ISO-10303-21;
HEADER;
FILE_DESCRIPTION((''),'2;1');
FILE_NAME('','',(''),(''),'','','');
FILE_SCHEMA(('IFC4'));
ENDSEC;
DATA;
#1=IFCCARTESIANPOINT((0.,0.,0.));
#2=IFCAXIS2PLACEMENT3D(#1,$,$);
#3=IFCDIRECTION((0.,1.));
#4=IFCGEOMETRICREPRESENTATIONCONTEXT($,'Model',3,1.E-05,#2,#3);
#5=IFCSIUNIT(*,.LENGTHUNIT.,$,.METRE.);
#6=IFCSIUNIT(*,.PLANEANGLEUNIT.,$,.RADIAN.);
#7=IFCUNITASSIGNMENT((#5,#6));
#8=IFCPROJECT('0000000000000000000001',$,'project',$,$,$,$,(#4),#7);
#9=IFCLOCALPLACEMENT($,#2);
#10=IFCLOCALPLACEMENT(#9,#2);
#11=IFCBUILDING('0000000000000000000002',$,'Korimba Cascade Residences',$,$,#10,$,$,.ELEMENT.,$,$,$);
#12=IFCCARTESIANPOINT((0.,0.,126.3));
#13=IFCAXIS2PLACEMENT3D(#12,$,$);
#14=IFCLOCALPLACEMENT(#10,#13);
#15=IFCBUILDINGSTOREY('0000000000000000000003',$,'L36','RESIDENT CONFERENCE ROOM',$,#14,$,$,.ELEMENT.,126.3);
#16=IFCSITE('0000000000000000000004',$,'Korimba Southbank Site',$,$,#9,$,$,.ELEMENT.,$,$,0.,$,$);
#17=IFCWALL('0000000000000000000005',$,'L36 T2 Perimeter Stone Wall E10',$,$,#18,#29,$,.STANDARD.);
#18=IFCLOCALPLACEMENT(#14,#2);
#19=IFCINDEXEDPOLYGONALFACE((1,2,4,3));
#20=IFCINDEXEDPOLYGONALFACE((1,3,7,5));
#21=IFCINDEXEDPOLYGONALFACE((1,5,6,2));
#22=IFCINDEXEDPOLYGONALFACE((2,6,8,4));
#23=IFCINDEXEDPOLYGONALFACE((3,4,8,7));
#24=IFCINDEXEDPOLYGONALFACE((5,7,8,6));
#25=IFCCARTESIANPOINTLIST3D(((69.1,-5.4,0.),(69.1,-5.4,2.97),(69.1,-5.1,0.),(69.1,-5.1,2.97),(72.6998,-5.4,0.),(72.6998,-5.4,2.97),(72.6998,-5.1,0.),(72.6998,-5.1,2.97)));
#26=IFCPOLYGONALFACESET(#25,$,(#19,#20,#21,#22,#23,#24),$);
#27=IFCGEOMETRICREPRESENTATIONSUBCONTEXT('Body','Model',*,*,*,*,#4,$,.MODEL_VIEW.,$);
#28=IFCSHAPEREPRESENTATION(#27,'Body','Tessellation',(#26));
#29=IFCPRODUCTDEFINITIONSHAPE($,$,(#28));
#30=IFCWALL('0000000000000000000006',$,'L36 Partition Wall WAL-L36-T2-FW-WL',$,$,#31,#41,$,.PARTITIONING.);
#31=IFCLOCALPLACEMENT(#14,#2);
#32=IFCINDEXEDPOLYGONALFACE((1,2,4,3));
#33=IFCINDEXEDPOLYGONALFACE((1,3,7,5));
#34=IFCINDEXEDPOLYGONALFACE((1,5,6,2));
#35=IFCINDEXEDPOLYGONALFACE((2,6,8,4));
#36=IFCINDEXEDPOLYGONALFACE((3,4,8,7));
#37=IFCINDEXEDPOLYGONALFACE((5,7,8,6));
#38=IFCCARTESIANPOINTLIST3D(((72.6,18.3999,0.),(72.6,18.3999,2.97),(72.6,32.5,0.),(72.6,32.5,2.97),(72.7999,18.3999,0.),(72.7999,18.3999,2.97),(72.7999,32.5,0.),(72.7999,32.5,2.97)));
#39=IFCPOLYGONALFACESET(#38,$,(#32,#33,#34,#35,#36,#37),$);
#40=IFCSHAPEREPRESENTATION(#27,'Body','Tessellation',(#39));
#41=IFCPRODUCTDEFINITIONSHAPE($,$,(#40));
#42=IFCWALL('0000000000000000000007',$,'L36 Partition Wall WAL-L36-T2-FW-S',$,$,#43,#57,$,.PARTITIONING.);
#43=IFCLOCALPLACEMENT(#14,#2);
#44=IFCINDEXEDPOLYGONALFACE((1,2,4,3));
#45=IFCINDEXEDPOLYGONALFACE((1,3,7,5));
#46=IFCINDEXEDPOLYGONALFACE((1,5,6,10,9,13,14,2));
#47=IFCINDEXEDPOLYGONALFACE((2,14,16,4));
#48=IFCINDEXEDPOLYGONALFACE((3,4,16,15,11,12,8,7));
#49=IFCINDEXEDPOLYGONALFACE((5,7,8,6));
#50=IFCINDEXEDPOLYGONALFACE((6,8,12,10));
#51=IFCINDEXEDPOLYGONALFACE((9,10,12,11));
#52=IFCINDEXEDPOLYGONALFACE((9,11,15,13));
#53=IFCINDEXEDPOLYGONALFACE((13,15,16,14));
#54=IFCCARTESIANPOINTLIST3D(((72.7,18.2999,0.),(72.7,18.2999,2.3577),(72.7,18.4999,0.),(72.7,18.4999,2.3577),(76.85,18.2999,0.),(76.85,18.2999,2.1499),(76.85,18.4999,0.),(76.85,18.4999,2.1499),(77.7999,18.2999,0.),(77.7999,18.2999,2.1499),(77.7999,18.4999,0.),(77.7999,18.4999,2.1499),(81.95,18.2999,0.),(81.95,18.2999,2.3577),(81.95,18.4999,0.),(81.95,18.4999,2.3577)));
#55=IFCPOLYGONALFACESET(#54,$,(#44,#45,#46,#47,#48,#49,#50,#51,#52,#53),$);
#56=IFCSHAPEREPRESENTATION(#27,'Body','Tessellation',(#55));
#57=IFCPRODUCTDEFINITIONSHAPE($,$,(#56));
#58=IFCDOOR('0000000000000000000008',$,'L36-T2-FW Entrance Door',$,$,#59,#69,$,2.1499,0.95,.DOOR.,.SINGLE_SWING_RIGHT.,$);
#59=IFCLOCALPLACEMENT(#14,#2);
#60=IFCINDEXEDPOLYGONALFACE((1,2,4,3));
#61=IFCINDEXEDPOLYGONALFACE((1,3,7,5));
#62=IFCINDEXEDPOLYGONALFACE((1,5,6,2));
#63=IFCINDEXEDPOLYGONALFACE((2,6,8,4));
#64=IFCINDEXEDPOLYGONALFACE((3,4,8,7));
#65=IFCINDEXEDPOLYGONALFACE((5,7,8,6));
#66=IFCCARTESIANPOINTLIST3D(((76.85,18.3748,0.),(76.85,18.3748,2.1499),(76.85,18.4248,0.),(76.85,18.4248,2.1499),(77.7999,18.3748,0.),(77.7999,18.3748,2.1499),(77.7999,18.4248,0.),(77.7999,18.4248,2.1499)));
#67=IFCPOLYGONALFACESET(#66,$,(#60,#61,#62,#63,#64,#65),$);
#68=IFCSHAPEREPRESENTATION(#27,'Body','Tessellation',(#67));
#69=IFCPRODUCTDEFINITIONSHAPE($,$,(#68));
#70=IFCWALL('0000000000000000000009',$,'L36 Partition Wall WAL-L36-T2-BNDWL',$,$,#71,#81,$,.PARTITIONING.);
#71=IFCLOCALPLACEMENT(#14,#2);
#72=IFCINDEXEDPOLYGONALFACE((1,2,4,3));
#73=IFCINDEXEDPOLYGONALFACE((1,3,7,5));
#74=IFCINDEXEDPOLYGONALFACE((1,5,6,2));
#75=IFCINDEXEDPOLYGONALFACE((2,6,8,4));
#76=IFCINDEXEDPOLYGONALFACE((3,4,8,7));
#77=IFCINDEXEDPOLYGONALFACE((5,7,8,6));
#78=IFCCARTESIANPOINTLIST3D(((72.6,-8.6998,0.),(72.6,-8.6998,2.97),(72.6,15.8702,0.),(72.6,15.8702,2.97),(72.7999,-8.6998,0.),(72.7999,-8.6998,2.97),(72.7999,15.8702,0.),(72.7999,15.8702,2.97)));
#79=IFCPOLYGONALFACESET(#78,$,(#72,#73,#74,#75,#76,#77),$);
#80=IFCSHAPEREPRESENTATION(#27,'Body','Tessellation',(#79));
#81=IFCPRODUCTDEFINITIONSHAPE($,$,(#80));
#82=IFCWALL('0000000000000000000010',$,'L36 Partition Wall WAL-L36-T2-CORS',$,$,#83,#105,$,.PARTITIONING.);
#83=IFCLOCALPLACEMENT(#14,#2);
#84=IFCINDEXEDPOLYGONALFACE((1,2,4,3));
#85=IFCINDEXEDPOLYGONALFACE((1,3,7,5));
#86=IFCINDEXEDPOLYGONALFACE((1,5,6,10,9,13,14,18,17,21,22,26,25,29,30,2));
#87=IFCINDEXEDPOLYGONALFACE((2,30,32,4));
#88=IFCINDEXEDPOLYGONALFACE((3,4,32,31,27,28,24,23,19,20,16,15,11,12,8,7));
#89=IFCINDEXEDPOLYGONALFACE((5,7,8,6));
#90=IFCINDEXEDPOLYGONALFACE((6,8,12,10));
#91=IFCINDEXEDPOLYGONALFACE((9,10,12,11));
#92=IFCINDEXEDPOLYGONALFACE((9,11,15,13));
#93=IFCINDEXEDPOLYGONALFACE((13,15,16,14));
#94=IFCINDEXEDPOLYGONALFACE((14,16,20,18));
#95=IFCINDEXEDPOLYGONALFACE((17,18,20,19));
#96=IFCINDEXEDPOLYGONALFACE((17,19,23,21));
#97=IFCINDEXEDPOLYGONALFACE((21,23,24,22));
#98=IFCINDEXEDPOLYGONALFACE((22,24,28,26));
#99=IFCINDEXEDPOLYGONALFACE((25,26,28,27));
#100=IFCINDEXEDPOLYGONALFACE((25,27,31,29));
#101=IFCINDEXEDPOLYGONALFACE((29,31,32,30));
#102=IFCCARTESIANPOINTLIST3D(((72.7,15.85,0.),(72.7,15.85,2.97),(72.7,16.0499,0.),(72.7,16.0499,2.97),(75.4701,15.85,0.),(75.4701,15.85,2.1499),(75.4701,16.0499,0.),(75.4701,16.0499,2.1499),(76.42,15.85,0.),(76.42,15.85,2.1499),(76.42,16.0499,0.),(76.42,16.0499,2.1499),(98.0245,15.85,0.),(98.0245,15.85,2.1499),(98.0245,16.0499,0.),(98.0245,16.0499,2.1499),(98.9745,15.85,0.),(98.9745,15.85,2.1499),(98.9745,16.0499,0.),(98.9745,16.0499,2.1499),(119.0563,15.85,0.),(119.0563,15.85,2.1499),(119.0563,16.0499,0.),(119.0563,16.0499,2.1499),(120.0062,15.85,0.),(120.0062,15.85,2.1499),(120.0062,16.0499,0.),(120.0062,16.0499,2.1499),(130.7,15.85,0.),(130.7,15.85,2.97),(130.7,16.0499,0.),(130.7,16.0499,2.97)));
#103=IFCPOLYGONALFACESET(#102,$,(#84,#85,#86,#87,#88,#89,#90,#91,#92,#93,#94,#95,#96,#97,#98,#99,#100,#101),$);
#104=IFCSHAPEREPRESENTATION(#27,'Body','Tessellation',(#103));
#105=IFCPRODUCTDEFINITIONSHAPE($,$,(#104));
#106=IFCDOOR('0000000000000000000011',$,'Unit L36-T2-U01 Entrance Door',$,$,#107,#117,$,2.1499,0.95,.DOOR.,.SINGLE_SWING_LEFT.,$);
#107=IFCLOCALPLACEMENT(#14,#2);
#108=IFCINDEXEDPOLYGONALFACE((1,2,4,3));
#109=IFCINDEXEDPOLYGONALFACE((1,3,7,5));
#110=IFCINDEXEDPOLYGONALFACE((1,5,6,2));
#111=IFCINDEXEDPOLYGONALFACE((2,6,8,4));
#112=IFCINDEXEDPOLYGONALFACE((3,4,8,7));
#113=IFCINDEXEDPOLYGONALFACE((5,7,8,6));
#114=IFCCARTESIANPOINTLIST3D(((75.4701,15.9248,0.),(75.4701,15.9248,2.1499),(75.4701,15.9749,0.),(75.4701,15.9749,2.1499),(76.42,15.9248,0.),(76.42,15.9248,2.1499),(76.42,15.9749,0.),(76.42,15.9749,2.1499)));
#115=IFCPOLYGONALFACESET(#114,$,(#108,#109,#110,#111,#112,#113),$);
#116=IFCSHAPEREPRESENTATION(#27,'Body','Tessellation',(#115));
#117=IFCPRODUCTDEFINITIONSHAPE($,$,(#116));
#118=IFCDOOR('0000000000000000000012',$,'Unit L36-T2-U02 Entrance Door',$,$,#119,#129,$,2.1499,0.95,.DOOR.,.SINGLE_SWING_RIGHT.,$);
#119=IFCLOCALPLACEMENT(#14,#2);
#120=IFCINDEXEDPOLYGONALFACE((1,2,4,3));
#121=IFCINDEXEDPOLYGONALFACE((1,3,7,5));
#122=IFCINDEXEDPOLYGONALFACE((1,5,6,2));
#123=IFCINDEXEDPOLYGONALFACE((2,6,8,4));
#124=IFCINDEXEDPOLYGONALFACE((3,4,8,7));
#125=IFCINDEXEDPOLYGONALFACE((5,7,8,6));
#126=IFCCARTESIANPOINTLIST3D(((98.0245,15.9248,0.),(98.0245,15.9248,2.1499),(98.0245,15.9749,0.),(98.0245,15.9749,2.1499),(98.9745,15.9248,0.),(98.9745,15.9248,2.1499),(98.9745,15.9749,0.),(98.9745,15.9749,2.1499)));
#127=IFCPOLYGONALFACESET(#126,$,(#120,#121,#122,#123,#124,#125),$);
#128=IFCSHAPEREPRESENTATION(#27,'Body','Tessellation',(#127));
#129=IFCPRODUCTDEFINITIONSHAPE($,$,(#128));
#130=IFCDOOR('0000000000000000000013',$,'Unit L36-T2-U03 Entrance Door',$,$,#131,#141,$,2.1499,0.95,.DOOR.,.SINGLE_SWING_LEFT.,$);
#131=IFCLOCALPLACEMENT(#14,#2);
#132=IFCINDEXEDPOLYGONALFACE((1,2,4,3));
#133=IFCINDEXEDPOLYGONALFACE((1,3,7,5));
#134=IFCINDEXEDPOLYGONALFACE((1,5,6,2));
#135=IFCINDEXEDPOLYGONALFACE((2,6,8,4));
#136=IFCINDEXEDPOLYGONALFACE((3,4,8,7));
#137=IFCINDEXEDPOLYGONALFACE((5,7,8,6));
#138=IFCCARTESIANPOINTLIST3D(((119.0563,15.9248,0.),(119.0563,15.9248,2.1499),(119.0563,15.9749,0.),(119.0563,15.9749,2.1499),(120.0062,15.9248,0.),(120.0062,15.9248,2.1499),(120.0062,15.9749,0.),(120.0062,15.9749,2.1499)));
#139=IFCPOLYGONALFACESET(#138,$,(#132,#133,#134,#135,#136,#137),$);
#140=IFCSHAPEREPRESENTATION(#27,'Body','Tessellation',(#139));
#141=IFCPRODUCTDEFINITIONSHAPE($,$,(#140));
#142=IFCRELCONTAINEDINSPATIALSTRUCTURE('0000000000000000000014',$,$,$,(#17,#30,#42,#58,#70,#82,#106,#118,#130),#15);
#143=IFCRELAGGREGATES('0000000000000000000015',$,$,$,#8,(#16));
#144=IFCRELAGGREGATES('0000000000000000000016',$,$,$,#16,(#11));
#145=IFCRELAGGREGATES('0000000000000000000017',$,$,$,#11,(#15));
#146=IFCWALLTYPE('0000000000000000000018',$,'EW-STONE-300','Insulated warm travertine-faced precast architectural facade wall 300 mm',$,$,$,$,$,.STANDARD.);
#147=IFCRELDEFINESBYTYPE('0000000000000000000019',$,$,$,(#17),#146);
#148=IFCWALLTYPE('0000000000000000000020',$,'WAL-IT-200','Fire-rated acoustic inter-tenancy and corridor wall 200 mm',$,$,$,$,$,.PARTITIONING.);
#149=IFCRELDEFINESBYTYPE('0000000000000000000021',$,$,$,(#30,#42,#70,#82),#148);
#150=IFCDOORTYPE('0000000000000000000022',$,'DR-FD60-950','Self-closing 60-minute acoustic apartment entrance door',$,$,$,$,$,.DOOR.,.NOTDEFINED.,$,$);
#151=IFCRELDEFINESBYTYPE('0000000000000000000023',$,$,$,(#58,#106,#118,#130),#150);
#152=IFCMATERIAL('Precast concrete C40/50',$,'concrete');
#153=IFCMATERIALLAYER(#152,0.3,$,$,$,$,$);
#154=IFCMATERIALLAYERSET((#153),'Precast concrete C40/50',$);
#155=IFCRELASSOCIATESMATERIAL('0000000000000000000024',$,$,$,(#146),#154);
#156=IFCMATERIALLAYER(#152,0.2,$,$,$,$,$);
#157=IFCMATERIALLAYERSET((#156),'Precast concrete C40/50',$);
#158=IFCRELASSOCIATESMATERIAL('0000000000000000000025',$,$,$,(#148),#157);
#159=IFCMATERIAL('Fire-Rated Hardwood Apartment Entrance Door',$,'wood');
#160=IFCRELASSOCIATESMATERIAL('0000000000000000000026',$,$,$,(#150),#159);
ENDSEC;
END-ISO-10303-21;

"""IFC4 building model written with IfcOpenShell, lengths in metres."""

from ifc_helpers import new_model, si_unit, direction, frame, frame_2d, origin, place, context, subcontext, project, spatial, rectangle, extrude, material, layer, layer_set, type_object, element, fill, save


model = new_model("IFC4")

# Units and contexts
model_context = context("Model", 3, precision=1e-05, world=origin(), true_north=direction((0.0, 1.0)))
body_context = subcontext(model_context, "Body", "Model", "MODEL_VIEW")
ifc_project = project(units=[si_unit("LENGTHUNIT", "METRE"), si_unit("PLANEANGLEUNIT", "RADIAN")], contexts=[model_context])

# Site, building, storey
site_placement = place(None, origin())
site = spatial("IfcSite", under=ifc_project, at=site_placement, Name="Korimba Southbank Site", CompositionType="ELEMENT", RefElevation=0.0)
building_placement = place(site_placement, origin())
building = spatial("IfcBuilding", under=site, at=building_placement, Name="Korimba Cascade Residences", CompositionType="ELEMENT")
storey_placement = place(building_placement, frame((0.0, 0.0, 126.3)))
storey = spatial("IfcBuildingStorey", under=building, at=storey_placement, Name="L36", Description="RESIDENT CONFERENCE ROOM", CompositionType="ELEMENT", Elevation=126.3)

# Shared definitions
ifc_material_1 = material(Name="Precast concrete C40/50", Category="concrete")

# Walls
ifc_layer_1 = layer(ifc_material_1, 0.3)
ifc_layer_set_1 = layer_set([ifc_layer_1], Name="Precast concrete C40/50")
wall_type_1 = type_object("IfcWallType", Name="EW-STONE-300", Description="Insulated warm travertine-faced precast architectural facade wall 300 mm", PredefinedType="STANDARD", material=ifc_layer_set_1)
wall_1_placement = place(storey_placement, frame((69.1001, -5.25, 0.0), z_axis=(0.0, 0.0, 1.0), x_axis=(1.0, 0.0, 0.0)))
element("IfcWall", 1, at=wall_1_placement, inside=storey, type_object=wall_type_1, Name="L36 T2 Perimeter Stone Wall E10", PredefinedType="STANDARD", context=body_context, shape_type="SweptSolid", body=[
    extrude(rectangle(XDim=3.5999, YDim=0.3, at=frame_2d((1.7998, 0.0))), origin(), (0.0, 0.0, 1.0), 2.97),
])
ifc_layer_2 = layer(ifc_material_1, 0.2)
ifc_layer_set_2 = layer_set([ifc_layer_2], Name="Precast concrete C40/50")
wall_type_2 = type_object("IfcWallType", Name="WAL-IT-200", Description="Fire-rated acoustic inter-tenancy and corridor wall 200 mm", PredefinedType="PARTITIONING", material=ifc_layer_set_2)
wall_2_placement = place(storey_placement, frame((72.7, 18.3999, 0.0), z_axis=(0.0, 0.0, 1.0), x_axis=(0.0, 1.0, 0.0)))
element("IfcWall", 2, at=wall_2_placement, inside=storey, type_object=wall_type_2, Name="L36 Partition Wall WAL-L36-T2-FW-WL", PredefinedType="PARTITIONING", context=body_context, shape_type="SweptSolid", body=[
    extrude(rectangle(XDim=14.1001, YDim=0.2, at=frame_2d((7.05, 0.0))), origin(), (0.0, 0.0, 1.0), 2.97),
])

# Wall, opening, door
wall_3_placement = place(storey_placement, frame((72.7, 18.3999, 0.0), z_axis=(0.0, 0.0, 1.0), x_axis=(1.0, 0.0, 0.0)))
wall_3 = element("IfcWall", 3, at=wall_3_placement, inside=storey, type_object=wall_type_2, Name="L36 Partition Wall WAL-L36-T2-FW-S", PredefinedType="PARTITIONING", context=body_context, shape_type="SweptSolid", body=[
    extrude(rectangle(XDim=9.25, YDim=0.2, at=frame_2d((4.625, 0.0))), origin(), (0.0, 0.0, 1.0), 2.3577),
])
opening_1_placement = place(wall_3_placement, frame((4.1499, 0.0, 0.0)))
opening_1 = element("IfcOpeningElement", 4, at=opening_1_placement, cuts=wall_3, PredefinedType="OPENING", context=body_context, shape_type="SweptSolid", body=[
    extrude(rectangle(XDim=0.95, YDim=2.1499, at=frame_2d((0.4751, 1.075))), frame((0.0, 0.1099, 0.0), z_axis=(0.0, -1.0, 0.0), x_axis=(1.0, 0.0, 0.0)), (0.0, 0.0, 1.0), 0.22),
])
ifc_material_2 = material(Name="Fire-Rated Hardwood Apartment Entrance Door", Category="wood")
door_type_1 = type_object("IfcDoorType", Name="DR-FD60-950", Description="Self-closing 60-minute acoustic apartment entrance door", OperationType="NOTDEFINED", PredefinedType="DOOR", material=ifc_material_2)
door_1_placement = place(opening_1_placement, origin())
door_1 = element("IfcDoor", 5, at=door_1_placement, inside=storey, type_object=door_type_1, Name="L36-T2-FW Entrance Door", OperationType="SINGLE_SWING_RIGHT", OverallHeight=2.1499, OverallWidth=0.95, PredefinedType="DOOR", context=body_context, shape_type="SweptSolid", body=[
    extrude(rectangle(XDim=0.95, YDim=2.1499, at=frame_2d((0.4751, 1.075))), frame((0.0, 0.0249, 0.0), z_axis=(0.0, -1.0, 0.0), x_axis=(1.0, 0.0, 0.0)), (0.0, 0.0, 1.0), 0.05),
])
fill(opening_1, door_1)

# Wall
wall_4_placement = place(storey_placement, frame((72.7, -8.7, 0.0), z_axis=(0.0, 0.0, 1.0), x_axis=(0.0, 1.0, 0.0)))
element("IfcWall", 6, at=wall_4_placement, inside=storey, type_object=wall_type_2, Name="L36 Partition Wall WAL-L36-T2-BNDWL", PredefinedType="PARTITIONING", context=body_context, shape_type="SweptSolid", body=[
    extrude(rectangle(XDim=24.5701, YDim=0.2, at=frame_2d((12.2852, 0.0))), origin(), (0.0, 0.0, 1.0), 2.97),
])

# Wall, openings, doors
wall_5_placement = place(storey_placement, frame((72.7, 15.95, 0.0), z_axis=(0.0, 0.0, 1.0), x_axis=(1.0, 0.0, 0.0)))
wall_5 = element("IfcWall", 7, at=wall_5_placement, inside=storey, type_object=wall_type_2, Name="L36 Partition Wall WAL-L36-T2-CORS", PredefinedType="PARTITIONING", context=body_context, shape_type="SweptSolid", body=[
    extrude(rectangle(XDim=58.0, YDim=0.2, at=frame_2d((29.0, 0.0))), origin(), (0.0, 0.0, 1.0), 2.97),
])
opening_2_placement = place(wall_5_placement, frame((2.77, 0.0, 0.0)))
opening_2 = element("IfcOpeningElement", 8, at=opening_2_placement, cuts=wall_5, PredefinedType="OPENING", context=body_context, shape_type="SweptSolid", body=[
    extrude(rectangle(XDim=0.95, YDim=2.1499, at=frame_2d((0.4751, 1.075))), frame((0.0, 0.1099, 0.0), z_axis=(0.0, -1.0, 0.0), x_axis=(1.0, 0.0, 0.0)), (0.0, 0.0, 1.0), 0.22),
])
opening_3_placement = place(wall_5_placement, frame((25.3245, 0.0, 0.0)))
opening_3 = element("IfcOpeningElement", 9, at=opening_3_placement, cuts=wall_5, PredefinedType="OPENING", context=body_context, shape_type="SweptSolid", body=[
    extrude(rectangle(XDim=0.95, YDim=2.1499, at=frame_2d((0.4751, 1.075))), frame((0.0, 0.1099, 0.0), z_axis=(0.0, -1.0, 0.0), x_axis=(1.0, 0.0, 0.0)), (0.0, 0.0, 1.0), 0.22),
])
opening_4_placement = place(wall_5_placement, frame((46.3562, 0.0, 0.0)))
opening_4 = element("IfcOpeningElement", 10, at=opening_4_placement, cuts=wall_5, PredefinedType="OPENING", context=body_context, shape_type="SweptSolid", body=[
    extrude(rectangle(XDim=0.95, YDim=2.1499, at=frame_2d((0.4751, 1.075))), frame((0.0, 0.1099, 0.0), z_axis=(0.0, -1.0, 0.0), x_axis=(1.0, 0.0, 0.0)), (0.0, 0.0, 1.0), 0.22),
])
door_2_placement = place(opening_2_placement, origin())
door_2 = element("IfcDoor", 11, at=door_2_placement, inside=storey, type_object=door_type_1, Name="Unit L36-T2-U01 Entrance Door", OperationType="SINGLE_SWING_LEFT", OverallHeight=2.1499, OverallWidth=0.95, PredefinedType="DOOR", context=body_context, shape_type="SweptSolid", body=[
    extrude(rectangle(XDim=0.95, YDim=2.1499, at=frame_2d((0.4751, 1.075))), frame((0.0, 0.0249, 0.0), z_axis=(0.0, -1.0, 0.0), x_axis=(1.0, 0.0, 0.0)), (0.0, 0.0, 1.0), 0.05),
])
fill(opening_2, door_2)
door_3_placement = place(opening_3_placement, origin())
door_3 = element("IfcDoor", 12, at=door_3_placement, inside=storey, type_object=door_type_1, Name="Unit L36-T2-U02 Entrance Door", OperationType="SINGLE_SWING_RIGHT", OverallHeight=2.1499, OverallWidth=0.95, PredefinedType="DOOR", context=body_context, shape_type="SweptSolid", body=[
    extrude(rectangle(XDim=0.95, YDim=2.1499, at=frame_2d((0.4751, 1.075))), frame((0.0, 0.0249, 0.0), z_axis=(0.0, -1.0, 0.0), x_axis=(1.0, 0.0, 0.0)), (0.0, 0.0, 1.0), 0.05),
])
fill(opening_3, door_3)
door_4_placement = place(opening_4_placement, origin())
door_4 = element("IfcDoor", 13, at=door_4_placement, inside=storey, type_object=door_type_1, Name="Unit L36-T2-U03 Entrance Door", OperationType="SINGLE_SWING_LEFT", OverallHeight=2.1499, OverallWidth=0.95, PredefinedType="DOOR", context=body_context, shape_type="SweptSolid", body=[
    extrude(rectangle(XDim=0.95, YDim=2.1499, at=frame_2d((0.4751, 1.075))), frame((0.0, 0.0249, 0.0), z_axis=(0.0, -1.0, 0.0), x_axis=(1.0, 0.0, 0.0)), (0.0, 0.0, 1.0), 0.05),
])
fill(opening_4, door_4)

save(model, "model.ifc")
